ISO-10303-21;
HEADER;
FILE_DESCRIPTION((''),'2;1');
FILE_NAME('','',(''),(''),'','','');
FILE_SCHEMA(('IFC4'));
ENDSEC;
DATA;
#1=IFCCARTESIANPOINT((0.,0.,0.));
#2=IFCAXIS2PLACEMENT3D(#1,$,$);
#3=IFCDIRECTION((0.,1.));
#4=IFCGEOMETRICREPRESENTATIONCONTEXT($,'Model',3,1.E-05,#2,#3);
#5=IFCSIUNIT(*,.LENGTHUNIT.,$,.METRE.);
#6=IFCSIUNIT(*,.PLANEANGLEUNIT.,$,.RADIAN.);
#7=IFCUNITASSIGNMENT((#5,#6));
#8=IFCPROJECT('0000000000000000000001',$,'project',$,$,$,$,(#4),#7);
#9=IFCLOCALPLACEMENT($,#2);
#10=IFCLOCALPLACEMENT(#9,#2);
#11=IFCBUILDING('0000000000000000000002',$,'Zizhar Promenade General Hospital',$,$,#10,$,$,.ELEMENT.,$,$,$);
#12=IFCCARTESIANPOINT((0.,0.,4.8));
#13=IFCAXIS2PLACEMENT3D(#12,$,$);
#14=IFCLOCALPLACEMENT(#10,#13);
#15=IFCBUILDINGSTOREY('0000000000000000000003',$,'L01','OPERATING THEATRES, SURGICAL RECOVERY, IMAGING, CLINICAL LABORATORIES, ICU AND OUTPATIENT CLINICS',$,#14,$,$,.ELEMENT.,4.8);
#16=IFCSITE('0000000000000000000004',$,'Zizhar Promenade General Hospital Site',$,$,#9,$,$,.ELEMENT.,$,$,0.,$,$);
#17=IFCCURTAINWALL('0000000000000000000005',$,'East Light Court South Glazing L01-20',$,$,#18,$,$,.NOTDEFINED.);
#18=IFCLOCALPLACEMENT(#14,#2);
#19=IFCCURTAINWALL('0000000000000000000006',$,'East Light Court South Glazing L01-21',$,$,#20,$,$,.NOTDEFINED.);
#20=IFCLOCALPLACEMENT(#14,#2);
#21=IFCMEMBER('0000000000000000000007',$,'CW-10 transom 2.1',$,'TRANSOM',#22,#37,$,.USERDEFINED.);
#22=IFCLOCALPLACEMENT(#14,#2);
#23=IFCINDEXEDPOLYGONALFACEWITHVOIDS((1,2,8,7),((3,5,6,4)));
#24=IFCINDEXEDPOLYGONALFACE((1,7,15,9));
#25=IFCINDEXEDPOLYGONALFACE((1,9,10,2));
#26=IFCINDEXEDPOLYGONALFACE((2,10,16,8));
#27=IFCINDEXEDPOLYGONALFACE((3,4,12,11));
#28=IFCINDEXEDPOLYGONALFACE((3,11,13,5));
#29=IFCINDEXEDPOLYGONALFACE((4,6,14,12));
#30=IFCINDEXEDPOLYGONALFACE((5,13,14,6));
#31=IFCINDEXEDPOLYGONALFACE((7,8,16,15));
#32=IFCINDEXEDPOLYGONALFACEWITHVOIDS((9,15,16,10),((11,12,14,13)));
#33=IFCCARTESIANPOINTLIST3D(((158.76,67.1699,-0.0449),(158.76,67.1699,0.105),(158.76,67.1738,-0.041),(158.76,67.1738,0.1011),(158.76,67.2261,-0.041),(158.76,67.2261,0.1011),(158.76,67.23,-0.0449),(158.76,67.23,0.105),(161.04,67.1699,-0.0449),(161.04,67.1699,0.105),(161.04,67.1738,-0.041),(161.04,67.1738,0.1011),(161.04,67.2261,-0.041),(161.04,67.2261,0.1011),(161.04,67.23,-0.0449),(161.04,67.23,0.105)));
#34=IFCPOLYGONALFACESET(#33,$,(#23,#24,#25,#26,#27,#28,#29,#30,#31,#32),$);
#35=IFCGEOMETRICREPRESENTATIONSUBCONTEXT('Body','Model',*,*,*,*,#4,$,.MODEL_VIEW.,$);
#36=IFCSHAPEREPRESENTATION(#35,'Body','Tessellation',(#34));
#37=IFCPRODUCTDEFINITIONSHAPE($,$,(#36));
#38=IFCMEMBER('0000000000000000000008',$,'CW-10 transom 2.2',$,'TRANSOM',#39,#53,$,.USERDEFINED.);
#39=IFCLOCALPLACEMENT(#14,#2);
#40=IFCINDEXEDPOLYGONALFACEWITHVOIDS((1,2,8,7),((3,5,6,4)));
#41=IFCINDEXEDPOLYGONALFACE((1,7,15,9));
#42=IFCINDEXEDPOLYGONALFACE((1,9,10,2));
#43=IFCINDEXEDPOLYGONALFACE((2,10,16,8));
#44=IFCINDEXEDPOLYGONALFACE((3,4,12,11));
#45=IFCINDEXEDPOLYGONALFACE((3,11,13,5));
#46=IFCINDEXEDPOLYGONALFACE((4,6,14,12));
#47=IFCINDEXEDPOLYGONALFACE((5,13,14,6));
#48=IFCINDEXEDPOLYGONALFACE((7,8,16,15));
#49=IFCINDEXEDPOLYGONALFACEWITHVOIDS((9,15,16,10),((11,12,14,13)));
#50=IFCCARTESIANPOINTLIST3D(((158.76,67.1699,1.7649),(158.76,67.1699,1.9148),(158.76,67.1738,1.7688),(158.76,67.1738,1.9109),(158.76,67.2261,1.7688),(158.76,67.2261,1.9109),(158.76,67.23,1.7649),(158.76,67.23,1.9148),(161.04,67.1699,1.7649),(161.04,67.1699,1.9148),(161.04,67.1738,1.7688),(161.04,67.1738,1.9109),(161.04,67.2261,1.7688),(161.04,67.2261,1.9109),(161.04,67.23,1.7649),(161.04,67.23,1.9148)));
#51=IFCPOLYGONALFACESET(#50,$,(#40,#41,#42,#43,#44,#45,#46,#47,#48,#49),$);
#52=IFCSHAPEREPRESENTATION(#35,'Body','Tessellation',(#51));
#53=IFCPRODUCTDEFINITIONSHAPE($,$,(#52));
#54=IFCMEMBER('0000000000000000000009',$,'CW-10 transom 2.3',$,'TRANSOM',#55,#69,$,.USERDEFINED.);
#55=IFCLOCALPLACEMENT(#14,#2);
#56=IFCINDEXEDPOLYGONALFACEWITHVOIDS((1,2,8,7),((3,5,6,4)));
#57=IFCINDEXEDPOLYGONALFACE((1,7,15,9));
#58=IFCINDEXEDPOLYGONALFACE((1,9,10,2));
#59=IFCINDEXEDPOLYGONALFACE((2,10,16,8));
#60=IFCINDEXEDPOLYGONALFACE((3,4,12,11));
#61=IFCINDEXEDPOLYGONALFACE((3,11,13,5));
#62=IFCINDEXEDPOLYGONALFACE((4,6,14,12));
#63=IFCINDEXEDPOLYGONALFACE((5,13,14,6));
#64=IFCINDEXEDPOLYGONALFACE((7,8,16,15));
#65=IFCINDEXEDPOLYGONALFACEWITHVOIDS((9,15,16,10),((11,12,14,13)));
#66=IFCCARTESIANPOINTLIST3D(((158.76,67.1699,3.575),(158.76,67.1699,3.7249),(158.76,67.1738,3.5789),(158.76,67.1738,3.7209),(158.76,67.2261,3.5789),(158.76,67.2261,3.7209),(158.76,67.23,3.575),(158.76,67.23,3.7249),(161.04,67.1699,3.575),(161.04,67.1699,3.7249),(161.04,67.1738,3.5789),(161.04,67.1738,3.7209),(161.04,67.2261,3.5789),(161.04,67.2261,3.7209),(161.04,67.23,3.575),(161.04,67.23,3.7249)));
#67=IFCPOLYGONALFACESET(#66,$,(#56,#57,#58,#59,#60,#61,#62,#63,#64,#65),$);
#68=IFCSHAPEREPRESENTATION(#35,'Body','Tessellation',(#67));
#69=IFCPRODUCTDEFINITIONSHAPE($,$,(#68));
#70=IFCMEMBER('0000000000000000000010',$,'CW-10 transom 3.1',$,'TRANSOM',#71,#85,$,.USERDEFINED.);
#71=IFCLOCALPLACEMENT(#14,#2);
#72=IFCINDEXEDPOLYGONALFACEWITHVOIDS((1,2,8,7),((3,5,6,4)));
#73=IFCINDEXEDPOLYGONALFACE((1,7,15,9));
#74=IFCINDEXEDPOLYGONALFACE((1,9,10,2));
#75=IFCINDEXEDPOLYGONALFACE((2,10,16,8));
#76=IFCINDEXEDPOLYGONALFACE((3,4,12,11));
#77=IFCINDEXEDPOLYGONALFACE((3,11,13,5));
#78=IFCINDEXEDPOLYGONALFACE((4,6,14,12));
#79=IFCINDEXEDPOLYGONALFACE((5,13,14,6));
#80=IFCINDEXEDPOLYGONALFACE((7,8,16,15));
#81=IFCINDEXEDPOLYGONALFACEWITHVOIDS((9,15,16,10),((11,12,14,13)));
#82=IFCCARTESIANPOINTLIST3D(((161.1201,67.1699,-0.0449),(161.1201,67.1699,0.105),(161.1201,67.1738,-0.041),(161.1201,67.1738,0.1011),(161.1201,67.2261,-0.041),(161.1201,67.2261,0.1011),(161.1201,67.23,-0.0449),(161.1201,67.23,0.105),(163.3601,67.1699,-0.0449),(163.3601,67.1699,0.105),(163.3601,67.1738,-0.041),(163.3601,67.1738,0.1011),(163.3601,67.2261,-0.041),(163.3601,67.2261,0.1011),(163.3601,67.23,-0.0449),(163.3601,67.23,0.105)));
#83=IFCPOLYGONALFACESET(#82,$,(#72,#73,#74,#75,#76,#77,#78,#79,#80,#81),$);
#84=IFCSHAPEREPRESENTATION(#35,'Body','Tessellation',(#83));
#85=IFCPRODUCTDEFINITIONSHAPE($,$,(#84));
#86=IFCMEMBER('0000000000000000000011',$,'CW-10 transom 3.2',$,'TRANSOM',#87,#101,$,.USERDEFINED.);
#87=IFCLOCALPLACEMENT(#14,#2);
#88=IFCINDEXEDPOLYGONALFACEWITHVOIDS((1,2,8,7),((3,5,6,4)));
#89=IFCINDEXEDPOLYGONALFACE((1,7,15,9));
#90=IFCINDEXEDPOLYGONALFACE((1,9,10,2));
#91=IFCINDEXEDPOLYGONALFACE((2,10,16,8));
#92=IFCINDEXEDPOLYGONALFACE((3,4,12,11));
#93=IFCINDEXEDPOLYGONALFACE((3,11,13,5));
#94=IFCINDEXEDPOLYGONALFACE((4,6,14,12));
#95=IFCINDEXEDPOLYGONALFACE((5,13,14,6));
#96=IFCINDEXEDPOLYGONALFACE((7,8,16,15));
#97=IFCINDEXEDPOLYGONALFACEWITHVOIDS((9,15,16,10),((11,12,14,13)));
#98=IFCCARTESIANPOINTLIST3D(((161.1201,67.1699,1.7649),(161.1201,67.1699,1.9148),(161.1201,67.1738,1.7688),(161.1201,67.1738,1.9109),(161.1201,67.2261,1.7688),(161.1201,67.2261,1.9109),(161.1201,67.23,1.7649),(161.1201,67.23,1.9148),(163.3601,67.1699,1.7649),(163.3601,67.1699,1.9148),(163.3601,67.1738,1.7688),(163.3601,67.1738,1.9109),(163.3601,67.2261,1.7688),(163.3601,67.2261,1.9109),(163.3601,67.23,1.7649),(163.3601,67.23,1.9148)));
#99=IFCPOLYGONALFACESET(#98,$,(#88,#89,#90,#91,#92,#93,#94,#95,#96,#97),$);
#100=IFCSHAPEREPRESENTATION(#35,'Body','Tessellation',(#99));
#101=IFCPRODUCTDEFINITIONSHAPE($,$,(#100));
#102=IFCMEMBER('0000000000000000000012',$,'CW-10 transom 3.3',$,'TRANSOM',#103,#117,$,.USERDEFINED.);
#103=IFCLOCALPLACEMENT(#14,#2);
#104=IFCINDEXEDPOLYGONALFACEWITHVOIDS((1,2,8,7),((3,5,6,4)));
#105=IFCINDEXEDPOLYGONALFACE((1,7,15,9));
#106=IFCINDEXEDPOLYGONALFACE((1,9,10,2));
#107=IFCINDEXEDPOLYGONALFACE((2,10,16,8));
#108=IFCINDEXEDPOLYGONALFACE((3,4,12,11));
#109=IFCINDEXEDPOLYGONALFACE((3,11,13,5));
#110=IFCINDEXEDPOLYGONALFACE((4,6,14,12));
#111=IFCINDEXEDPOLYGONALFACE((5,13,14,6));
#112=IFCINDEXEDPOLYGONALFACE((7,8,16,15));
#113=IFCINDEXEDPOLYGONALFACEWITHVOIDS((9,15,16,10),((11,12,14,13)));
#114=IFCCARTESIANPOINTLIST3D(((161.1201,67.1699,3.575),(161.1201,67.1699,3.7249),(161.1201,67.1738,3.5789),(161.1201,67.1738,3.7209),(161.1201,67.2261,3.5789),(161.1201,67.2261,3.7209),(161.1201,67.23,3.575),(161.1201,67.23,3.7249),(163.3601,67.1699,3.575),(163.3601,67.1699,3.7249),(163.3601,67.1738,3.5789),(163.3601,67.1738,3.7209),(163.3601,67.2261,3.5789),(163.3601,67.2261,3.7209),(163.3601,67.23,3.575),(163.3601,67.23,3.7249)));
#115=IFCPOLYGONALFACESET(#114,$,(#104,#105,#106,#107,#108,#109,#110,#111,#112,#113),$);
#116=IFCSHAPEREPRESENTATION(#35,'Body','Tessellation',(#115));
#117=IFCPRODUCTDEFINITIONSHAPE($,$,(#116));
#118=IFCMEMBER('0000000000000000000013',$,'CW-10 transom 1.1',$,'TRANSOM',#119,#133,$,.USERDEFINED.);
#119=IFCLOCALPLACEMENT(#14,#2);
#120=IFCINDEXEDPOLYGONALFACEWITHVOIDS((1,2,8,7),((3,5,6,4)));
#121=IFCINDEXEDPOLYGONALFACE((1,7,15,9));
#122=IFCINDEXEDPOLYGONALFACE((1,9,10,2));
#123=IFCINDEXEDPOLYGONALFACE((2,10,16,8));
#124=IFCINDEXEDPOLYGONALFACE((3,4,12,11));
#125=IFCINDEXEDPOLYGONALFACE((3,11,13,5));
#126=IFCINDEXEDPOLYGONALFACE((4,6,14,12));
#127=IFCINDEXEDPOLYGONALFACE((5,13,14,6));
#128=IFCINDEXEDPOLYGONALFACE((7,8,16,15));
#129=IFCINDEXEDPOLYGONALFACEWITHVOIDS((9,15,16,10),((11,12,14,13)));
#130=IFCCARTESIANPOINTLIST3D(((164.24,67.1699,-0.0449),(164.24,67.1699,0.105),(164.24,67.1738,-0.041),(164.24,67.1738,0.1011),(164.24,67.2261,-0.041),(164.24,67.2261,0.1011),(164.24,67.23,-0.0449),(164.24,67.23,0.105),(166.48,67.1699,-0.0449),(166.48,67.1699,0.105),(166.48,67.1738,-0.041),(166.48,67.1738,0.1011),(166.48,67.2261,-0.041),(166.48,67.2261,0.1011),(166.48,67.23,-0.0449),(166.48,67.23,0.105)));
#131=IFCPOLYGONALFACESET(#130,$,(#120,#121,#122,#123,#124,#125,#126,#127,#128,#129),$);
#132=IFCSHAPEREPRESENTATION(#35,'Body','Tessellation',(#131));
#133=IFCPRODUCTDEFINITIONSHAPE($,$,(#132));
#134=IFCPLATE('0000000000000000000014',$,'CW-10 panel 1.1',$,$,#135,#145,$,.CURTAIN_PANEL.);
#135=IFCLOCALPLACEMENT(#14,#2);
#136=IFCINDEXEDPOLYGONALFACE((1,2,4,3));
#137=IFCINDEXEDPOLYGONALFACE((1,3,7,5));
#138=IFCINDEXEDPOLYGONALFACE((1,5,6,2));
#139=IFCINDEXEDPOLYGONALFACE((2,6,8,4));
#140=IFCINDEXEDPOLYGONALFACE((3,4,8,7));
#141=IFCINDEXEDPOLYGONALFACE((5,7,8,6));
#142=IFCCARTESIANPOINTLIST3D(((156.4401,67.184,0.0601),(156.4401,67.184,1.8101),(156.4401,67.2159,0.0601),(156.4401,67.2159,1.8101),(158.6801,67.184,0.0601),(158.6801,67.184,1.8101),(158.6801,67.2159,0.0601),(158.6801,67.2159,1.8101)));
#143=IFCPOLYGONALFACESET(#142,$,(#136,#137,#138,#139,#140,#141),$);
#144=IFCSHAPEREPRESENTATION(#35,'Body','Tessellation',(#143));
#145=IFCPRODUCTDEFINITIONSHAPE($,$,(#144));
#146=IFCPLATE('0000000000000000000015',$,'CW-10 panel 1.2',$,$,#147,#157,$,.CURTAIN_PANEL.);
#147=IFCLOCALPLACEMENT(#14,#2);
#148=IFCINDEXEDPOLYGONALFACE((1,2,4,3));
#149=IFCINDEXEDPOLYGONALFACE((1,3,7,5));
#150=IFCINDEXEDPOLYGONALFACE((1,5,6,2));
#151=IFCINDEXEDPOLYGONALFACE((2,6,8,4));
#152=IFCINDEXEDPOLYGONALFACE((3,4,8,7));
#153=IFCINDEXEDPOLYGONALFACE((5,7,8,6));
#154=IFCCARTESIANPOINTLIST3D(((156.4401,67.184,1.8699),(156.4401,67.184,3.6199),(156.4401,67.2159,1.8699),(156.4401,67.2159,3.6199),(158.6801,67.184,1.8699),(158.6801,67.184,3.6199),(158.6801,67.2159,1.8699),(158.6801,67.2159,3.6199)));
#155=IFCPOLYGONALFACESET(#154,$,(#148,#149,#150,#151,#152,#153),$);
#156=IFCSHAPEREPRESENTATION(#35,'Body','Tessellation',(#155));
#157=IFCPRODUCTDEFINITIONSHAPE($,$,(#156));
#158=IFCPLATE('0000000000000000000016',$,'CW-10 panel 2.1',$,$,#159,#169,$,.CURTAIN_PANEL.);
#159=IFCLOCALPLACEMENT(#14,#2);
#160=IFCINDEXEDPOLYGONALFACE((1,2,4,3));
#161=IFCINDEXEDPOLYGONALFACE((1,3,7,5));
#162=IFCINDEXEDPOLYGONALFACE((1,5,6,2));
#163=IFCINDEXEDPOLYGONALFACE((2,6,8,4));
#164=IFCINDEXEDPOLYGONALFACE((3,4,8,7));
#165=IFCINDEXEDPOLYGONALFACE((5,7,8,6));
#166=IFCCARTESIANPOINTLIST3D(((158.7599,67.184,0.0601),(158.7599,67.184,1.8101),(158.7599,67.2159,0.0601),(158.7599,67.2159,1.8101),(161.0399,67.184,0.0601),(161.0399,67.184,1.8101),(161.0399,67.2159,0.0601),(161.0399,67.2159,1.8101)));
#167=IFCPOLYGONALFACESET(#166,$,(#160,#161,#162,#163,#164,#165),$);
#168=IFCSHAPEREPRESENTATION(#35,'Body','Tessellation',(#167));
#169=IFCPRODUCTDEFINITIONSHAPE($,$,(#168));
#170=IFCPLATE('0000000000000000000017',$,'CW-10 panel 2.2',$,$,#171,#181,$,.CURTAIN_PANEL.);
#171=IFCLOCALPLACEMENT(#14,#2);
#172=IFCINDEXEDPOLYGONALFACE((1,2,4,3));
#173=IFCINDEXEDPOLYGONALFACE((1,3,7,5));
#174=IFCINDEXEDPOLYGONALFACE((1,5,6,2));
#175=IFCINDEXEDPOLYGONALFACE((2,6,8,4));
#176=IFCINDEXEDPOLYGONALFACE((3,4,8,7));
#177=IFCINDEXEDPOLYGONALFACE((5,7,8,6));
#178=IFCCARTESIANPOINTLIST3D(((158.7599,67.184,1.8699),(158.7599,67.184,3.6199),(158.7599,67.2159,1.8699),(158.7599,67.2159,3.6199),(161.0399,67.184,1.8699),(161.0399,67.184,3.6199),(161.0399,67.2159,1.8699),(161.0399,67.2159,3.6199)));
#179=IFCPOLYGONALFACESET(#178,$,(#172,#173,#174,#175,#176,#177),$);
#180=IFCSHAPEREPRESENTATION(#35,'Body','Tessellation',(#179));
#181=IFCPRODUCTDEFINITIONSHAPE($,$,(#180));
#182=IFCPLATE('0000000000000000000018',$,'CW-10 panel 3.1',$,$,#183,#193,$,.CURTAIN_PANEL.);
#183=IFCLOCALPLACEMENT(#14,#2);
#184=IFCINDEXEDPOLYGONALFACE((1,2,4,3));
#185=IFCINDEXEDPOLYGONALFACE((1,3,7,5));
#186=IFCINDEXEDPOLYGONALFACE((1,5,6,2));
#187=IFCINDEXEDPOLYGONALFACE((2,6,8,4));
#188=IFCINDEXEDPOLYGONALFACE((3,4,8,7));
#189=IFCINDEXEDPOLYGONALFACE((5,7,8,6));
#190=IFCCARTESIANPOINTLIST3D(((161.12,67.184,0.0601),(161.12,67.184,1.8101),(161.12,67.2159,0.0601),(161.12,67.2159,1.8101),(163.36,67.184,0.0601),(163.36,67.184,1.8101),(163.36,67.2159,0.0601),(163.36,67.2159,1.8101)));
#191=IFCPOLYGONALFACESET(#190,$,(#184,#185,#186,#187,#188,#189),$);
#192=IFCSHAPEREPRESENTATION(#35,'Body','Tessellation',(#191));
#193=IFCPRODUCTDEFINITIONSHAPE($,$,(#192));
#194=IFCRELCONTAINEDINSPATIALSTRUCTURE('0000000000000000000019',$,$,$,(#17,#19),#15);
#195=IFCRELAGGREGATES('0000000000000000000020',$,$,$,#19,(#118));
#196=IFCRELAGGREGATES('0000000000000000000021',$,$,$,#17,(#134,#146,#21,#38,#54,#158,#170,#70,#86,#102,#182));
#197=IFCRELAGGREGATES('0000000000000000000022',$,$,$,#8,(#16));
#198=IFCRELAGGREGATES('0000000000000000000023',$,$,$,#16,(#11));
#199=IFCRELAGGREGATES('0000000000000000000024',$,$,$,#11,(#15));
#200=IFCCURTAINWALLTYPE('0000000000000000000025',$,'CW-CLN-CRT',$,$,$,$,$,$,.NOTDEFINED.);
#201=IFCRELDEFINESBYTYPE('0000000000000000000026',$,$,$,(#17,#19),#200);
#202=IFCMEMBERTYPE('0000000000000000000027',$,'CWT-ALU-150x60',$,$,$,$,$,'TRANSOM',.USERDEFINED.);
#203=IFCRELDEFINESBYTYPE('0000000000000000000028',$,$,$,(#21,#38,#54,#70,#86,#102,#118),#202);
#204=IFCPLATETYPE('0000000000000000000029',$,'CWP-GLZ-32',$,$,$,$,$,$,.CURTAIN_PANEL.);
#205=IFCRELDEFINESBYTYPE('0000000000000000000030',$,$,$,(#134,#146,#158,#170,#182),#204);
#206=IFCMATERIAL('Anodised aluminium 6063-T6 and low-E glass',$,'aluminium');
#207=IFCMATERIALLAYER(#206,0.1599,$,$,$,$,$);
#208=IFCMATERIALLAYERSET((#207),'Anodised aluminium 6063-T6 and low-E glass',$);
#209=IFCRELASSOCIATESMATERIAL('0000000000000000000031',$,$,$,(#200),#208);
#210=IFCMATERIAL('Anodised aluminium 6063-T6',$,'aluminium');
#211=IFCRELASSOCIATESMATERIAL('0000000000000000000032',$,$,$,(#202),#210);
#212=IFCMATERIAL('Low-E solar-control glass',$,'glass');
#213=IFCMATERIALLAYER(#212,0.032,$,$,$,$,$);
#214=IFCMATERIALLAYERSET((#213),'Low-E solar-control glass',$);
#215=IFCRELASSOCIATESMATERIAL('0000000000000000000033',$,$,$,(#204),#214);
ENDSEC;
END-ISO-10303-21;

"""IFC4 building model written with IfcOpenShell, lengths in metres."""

from ifc_helpers import new_model, si_unit, direction, frame, origin, origin_2d, place, context, subcontext, project, spatial, rectangle, hollow_rectangle, extrude, material, layer, layer_set, material_profile, profile_set, type_object, element, aggregate, save


model = new_model("IFC4")

# Units and contexts
model_context = context("Model", 3, precision=1e-05, world=origin(), true_north=direction((0.0, 1.0)))
body_context = subcontext(model_context, "Body", "Model", "MODEL_VIEW")
ifc_project = project(units=[si_unit("LENGTHUNIT", "METRE"), si_unit("PLANEANGLEUNIT", "RADIAN")], contexts=[model_context])

# Site, building, storey
site_placement = place(None, origin())
site = spatial("IfcSite", under=ifc_project, at=site_placement, Name="Zizhar Promenade General Hospital Site", CompositionType="ELEMENT", RefElevation=0.0)
building_placement = place(site_placement, origin())
building = spatial("IfcBuilding", under=site, at=building_placement, Name="Zizhar Promenade General Hospital", CompositionType="ELEMENT")
storey_placement = place(building_placement, frame((0.0, 0.0, 4.8)))
storey = spatial("IfcBuildingStorey", under=building, at=storey_placement, Name="L01", Description="OPERATING THEATRES, SURGICAL RECOVERY, IMAGING, CLINICAL LABORATORIES, ICU AND OUTPATIENT CLINICS", CompositionType="ELEMENT", Elevation=4.8)

# Curtain wall
ifc_material_1 = material(Name="Anodised aluminium 6063-T6 and low-E glass", Category="aluminium")
ifc_layer_1 = layer(ifc_material_1, 0.1599)
ifc_layer_set_1 = layer_set([ifc_layer_1], Name="Anodised aluminium 6063-T6 and low-E glass")
curtain_wall_type = type_object("IfcCurtainWallType", Name="CW-CLN-CRT", PredefinedType="NOTDEFINED", material=ifc_layer_set_1)
curtain_wall_1_placement = place(storey_placement, origin())
curtain_wall_1 = element("IfcCurtainWall", 1, at=curtain_wall_1_placement, inside=storey, type_object=curtain_wall_type, Name="East Light Court South Glazing L01-20", PredefinedType="NOTDEFINED")

# Curtain wall
curtain_wall_2_placement = place(storey_placement, origin())
curtain_wall_2 = element("IfcCurtainWall", 2, at=curtain_wall_2_placement, inside=storey, type_object=curtain_wall_type, Name="East Light Court South Glazing L01-21", PredefinedType="NOTDEFINED")

# Members
ifc_material_2 = material(Name="Anodised aluminium 6063-T6", Category="aluminium")
ifc_material_profile_1 = material_profile(ifc_material_2, hollow_rectangle(XDim=0.0601, YDim=0.1499, WallThickness=0.0039, at=origin_2d()))
ifc_profile_set_1 = profile_set([ifc_material_profile_1], Name="Anodised aluminium 6063-T6")
member_type_1 = type_object("IfcMemberType", Name="CWT-ALU-150x60", ElementType="TRANSOM", PredefinedType="USERDEFINED", material=ifc_profile_set_1)
member_1_placement = place(storey_placement, frame((158.76, 67.2, 0.03), z_axis=(1.0, 0.0, 0.0), x_axis=(0.0, 1.0, 0.0)))
member_1 = element("IfcMember", 3, at=member_1_placement, type_object=member_type_1, Name="CW-10 transom 2.1", ObjectType="TRANSOM", PredefinedType="USERDEFINED", context=body_context, shape_type="SweptSolid", body=[
    extrude(hollow_rectangle(XDim=0.0601, YDim=0.1499, WallThickness=0.0039, at=origin_2d()), origin(), (0.0, 0.0, 1.0), 2.28),
])
member_2_placement = place(storey_placement, frame((158.76, 67.2, 1.8398), z_axis=(1.0, 0.0, 0.0), x_axis=(0.0, 1.0, 0.0)))
member_2 = element("IfcMember", 4, at=member_2_placement, type_object=member_type_1, Name="CW-10 transom 2.2", ObjectType="TRANSOM", PredefinedType="USERDEFINED", context=body_context, shape_type="SweptSolid", body=[
    extrude(hollow_rectangle(XDim=0.0601, YDim=0.1499, WallThickness=0.0039, at=origin_2d()), origin(), (0.0, 0.0, 1.0), 2.28),
])
member_3_placement = place(storey_placement, frame((158.76, 67.2, 3.6499), z_axis=(1.0, 0.0, 0.0), x_axis=(0.0, 1.0, 0.0)))
member_3 = element("IfcMember", 5, at=member_3_placement, type_object=member_type_1, Name="CW-10 transom 2.3", ObjectType="TRANSOM", PredefinedType="USERDEFINED", context=body_context, shape_type="SweptSolid", body=[
    extrude(hollow_rectangle(XDim=0.0601, YDim=0.1499, WallThickness=0.0039, at=origin_2d()), origin(), (0.0, 0.0, 1.0), 2.28),
])
member_4_placement = place(storey_placement, frame((161.1201, 67.2, 0.03), z_axis=(1.0, 0.0, 0.0), x_axis=(0.0, 1.0, 0.0)))
member_4 = element("IfcMember", 6, at=member_4_placement, type_object=member_type_1, Name="CW-10 transom 3.1", ObjectType="TRANSOM", PredefinedType="USERDEFINED", context=body_context, shape_type="SweptSolid", body=[
    extrude(hollow_rectangle(XDim=0.0601, YDim=0.1499, WallThickness=0.0039, at=origin_2d()), origin(), (0.0, 0.0, 1.0), 2.24),
])
member_5_placement = place(storey_placement, frame((161.1201, 67.2, 1.8398), z_axis=(1.0, 0.0, 0.0), x_axis=(0.0, 1.0, 0.0)))
member_5 = element("IfcMember", 7, at=member_5_placement, type_object=member_type_1, Name="CW-10 transom 3.2", ObjectType="TRANSOM", PredefinedType="USERDEFINED", context=body_context, shape_type="SweptSolid", body=[
    extrude(hollow_rectangle(XDim=0.0601, YDim=0.1499, WallThickness=0.0039, at=origin_2d()), origin(), (0.0, 0.0, 1.0), 2.24),
])
member_6_placement = place(storey_placement, frame((161.1201, 67.2, 3.6499), z_axis=(1.0, 0.0, 0.0), x_axis=(0.0, 1.0, 0.0)))
member_6 = element("IfcMember", 8, at=member_6_placement, type_object=member_type_1, Name="CW-10 transom 3.3", ObjectType="TRANSOM", PredefinedType="USERDEFINED", context=body_context, shape_type="SweptSolid", body=[
    extrude(hollow_rectangle(XDim=0.0601, YDim=0.1499, WallThickness=0.0039, at=origin_2d()), origin(), (0.0, 0.0, 1.0), 2.24),
])
member_7_placement = place(storey_placement, frame((164.24, 67.2, 0.03), z_axis=(1.0, 0.0, 0.0), x_axis=(0.0, 1.0, 0.0)))
member_7 = element("IfcMember", 9, at=member_7_placement, type_object=member_type_1, Name="CW-10 transom 1.1", ObjectType="TRANSOM", PredefinedType="USERDEFINED", context=body_context, shape_type="SweptSolid", body=[
    extrude(hollow_rectangle(XDim=0.0601, YDim=0.1499, WallThickness=0.0039, at=origin_2d()), origin(), (0.0, 0.0, 1.0), 2.24),
])
aggregate(curtain_wall_2, [member_7])

# Plates
ifc_material_3 = material(Name="Low-E solar-control glass", Category="glass")
ifc_layer_2 = layer(ifc_material_3, 0.032)
ifc_layer_set_2 = layer_set([ifc_layer_2], Name="Low-E solar-control glass")
plate_type = type_object("IfcPlateType", Name="CWP-GLZ-32", PredefinedType="CURTAIN_PANEL", material=ifc_layer_set_2)
plate_1_placement = place(storey_placement, frame((157.5601, 67.2, 0.0601), z_axis=(0.0, 0.0, 1.0), x_axis=(1.0, 0.0, 0.0)))
plate_1 = element("IfcPlate", 10, at=plate_1_placement, type_object=plate_type, Name="CW-10 panel 1.1", PredefinedType="CURTAIN_PANEL", context=body_context, shape_type="SweptSolid", body=[
    extrude(rectangle(XDim=2.24, YDim=0.032, at=origin_2d()), origin(), (0.0, 0.0, 1.0), 1.75),
])
plate_2_placement = place(storey_placement, frame((157.5601, 67.2, 1.8699), z_axis=(0.0, 0.0, 1.0), x_axis=(1.0, 0.0, 0.0)))
plate_2 = element("IfcPlate", 11, at=plate_2_placement, type_object=plate_type, Name="CW-10 panel 1.2", PredefinedType="CURTAIN_PANEL", context=body_context, shape_type="SweptSolid", body=[
    extrude(rectangle(XDim=2.24, YDim=0.032, at=origin_2d()), origin(), (0.0, 0.0, 1.0), 1.75),
])
plate_3_placement = place(storey_placement, frame((159.8999, 67.2, 0.0601), z_axis=(0.0, 0.0, 1.0), x_axis=(1.0, 0.0, 0.0)))
plate_3 = element("IfcPlate", 12, at=plate_3_placement, type_object=plate_type, Name="CW-10 panel 2.1", PredefinedType="CURTAIN_PANEL", context=body_context, shape_type="SweptSolid", body=[
    extrude(rectangle(XDim=2.28, YDim=0.032, at=origin_2d()), origin(), (0.0, 0.0, 1.0), 1.75),
])
plate_4_placement = place(storey_placement, frame((159.8999, 67.2, 1.8699), z_axis=(0.0, 0.0, 1.0), x_axis=(1.0, 0.0, 0.0)))
plate_4 = element("IfcPlate", 13, at=plate_4_placement, type_object=plate_type, Name="CW-10 panel 2.2", PredefinedType="CURTAIN_PANEL", context=body_context, shape_type="SweptSolid", body=[
    extrude(rectangle(XDim=2.28, YDim=0.032, at=origin_2d()), origin(), (0.0, 0.0, 1.0), 1.75),
])
plate_5_placement = place(storey_placement, frame((162.24, 67.2, 0.0601), z_axis=(0.0, 0.0, 1.0), x_axis=(1.0, 0.0, 0.0)))
plate_5 = element("IfcPlate", 14, at=plate_5_placement, type_object=plate_type, Name="CW-10 panel 3.1", PredefinedType="CURTAIN_PANEL", context=body_context, shape_type="SweptSolid", body=[
    extrude(rectangle(XDim=2.24, YDim=0.032, at=origin_2d()), origin(), (0.0, 0.0, 1.0), 1.75),
])
aggregate(curtain_wall_1, [plate_1, plate_2, member_1, member_2, member_3, plate_3, plate_4, member_4, member_5, member_6, plate_5])

save(model, "model.ifc")
